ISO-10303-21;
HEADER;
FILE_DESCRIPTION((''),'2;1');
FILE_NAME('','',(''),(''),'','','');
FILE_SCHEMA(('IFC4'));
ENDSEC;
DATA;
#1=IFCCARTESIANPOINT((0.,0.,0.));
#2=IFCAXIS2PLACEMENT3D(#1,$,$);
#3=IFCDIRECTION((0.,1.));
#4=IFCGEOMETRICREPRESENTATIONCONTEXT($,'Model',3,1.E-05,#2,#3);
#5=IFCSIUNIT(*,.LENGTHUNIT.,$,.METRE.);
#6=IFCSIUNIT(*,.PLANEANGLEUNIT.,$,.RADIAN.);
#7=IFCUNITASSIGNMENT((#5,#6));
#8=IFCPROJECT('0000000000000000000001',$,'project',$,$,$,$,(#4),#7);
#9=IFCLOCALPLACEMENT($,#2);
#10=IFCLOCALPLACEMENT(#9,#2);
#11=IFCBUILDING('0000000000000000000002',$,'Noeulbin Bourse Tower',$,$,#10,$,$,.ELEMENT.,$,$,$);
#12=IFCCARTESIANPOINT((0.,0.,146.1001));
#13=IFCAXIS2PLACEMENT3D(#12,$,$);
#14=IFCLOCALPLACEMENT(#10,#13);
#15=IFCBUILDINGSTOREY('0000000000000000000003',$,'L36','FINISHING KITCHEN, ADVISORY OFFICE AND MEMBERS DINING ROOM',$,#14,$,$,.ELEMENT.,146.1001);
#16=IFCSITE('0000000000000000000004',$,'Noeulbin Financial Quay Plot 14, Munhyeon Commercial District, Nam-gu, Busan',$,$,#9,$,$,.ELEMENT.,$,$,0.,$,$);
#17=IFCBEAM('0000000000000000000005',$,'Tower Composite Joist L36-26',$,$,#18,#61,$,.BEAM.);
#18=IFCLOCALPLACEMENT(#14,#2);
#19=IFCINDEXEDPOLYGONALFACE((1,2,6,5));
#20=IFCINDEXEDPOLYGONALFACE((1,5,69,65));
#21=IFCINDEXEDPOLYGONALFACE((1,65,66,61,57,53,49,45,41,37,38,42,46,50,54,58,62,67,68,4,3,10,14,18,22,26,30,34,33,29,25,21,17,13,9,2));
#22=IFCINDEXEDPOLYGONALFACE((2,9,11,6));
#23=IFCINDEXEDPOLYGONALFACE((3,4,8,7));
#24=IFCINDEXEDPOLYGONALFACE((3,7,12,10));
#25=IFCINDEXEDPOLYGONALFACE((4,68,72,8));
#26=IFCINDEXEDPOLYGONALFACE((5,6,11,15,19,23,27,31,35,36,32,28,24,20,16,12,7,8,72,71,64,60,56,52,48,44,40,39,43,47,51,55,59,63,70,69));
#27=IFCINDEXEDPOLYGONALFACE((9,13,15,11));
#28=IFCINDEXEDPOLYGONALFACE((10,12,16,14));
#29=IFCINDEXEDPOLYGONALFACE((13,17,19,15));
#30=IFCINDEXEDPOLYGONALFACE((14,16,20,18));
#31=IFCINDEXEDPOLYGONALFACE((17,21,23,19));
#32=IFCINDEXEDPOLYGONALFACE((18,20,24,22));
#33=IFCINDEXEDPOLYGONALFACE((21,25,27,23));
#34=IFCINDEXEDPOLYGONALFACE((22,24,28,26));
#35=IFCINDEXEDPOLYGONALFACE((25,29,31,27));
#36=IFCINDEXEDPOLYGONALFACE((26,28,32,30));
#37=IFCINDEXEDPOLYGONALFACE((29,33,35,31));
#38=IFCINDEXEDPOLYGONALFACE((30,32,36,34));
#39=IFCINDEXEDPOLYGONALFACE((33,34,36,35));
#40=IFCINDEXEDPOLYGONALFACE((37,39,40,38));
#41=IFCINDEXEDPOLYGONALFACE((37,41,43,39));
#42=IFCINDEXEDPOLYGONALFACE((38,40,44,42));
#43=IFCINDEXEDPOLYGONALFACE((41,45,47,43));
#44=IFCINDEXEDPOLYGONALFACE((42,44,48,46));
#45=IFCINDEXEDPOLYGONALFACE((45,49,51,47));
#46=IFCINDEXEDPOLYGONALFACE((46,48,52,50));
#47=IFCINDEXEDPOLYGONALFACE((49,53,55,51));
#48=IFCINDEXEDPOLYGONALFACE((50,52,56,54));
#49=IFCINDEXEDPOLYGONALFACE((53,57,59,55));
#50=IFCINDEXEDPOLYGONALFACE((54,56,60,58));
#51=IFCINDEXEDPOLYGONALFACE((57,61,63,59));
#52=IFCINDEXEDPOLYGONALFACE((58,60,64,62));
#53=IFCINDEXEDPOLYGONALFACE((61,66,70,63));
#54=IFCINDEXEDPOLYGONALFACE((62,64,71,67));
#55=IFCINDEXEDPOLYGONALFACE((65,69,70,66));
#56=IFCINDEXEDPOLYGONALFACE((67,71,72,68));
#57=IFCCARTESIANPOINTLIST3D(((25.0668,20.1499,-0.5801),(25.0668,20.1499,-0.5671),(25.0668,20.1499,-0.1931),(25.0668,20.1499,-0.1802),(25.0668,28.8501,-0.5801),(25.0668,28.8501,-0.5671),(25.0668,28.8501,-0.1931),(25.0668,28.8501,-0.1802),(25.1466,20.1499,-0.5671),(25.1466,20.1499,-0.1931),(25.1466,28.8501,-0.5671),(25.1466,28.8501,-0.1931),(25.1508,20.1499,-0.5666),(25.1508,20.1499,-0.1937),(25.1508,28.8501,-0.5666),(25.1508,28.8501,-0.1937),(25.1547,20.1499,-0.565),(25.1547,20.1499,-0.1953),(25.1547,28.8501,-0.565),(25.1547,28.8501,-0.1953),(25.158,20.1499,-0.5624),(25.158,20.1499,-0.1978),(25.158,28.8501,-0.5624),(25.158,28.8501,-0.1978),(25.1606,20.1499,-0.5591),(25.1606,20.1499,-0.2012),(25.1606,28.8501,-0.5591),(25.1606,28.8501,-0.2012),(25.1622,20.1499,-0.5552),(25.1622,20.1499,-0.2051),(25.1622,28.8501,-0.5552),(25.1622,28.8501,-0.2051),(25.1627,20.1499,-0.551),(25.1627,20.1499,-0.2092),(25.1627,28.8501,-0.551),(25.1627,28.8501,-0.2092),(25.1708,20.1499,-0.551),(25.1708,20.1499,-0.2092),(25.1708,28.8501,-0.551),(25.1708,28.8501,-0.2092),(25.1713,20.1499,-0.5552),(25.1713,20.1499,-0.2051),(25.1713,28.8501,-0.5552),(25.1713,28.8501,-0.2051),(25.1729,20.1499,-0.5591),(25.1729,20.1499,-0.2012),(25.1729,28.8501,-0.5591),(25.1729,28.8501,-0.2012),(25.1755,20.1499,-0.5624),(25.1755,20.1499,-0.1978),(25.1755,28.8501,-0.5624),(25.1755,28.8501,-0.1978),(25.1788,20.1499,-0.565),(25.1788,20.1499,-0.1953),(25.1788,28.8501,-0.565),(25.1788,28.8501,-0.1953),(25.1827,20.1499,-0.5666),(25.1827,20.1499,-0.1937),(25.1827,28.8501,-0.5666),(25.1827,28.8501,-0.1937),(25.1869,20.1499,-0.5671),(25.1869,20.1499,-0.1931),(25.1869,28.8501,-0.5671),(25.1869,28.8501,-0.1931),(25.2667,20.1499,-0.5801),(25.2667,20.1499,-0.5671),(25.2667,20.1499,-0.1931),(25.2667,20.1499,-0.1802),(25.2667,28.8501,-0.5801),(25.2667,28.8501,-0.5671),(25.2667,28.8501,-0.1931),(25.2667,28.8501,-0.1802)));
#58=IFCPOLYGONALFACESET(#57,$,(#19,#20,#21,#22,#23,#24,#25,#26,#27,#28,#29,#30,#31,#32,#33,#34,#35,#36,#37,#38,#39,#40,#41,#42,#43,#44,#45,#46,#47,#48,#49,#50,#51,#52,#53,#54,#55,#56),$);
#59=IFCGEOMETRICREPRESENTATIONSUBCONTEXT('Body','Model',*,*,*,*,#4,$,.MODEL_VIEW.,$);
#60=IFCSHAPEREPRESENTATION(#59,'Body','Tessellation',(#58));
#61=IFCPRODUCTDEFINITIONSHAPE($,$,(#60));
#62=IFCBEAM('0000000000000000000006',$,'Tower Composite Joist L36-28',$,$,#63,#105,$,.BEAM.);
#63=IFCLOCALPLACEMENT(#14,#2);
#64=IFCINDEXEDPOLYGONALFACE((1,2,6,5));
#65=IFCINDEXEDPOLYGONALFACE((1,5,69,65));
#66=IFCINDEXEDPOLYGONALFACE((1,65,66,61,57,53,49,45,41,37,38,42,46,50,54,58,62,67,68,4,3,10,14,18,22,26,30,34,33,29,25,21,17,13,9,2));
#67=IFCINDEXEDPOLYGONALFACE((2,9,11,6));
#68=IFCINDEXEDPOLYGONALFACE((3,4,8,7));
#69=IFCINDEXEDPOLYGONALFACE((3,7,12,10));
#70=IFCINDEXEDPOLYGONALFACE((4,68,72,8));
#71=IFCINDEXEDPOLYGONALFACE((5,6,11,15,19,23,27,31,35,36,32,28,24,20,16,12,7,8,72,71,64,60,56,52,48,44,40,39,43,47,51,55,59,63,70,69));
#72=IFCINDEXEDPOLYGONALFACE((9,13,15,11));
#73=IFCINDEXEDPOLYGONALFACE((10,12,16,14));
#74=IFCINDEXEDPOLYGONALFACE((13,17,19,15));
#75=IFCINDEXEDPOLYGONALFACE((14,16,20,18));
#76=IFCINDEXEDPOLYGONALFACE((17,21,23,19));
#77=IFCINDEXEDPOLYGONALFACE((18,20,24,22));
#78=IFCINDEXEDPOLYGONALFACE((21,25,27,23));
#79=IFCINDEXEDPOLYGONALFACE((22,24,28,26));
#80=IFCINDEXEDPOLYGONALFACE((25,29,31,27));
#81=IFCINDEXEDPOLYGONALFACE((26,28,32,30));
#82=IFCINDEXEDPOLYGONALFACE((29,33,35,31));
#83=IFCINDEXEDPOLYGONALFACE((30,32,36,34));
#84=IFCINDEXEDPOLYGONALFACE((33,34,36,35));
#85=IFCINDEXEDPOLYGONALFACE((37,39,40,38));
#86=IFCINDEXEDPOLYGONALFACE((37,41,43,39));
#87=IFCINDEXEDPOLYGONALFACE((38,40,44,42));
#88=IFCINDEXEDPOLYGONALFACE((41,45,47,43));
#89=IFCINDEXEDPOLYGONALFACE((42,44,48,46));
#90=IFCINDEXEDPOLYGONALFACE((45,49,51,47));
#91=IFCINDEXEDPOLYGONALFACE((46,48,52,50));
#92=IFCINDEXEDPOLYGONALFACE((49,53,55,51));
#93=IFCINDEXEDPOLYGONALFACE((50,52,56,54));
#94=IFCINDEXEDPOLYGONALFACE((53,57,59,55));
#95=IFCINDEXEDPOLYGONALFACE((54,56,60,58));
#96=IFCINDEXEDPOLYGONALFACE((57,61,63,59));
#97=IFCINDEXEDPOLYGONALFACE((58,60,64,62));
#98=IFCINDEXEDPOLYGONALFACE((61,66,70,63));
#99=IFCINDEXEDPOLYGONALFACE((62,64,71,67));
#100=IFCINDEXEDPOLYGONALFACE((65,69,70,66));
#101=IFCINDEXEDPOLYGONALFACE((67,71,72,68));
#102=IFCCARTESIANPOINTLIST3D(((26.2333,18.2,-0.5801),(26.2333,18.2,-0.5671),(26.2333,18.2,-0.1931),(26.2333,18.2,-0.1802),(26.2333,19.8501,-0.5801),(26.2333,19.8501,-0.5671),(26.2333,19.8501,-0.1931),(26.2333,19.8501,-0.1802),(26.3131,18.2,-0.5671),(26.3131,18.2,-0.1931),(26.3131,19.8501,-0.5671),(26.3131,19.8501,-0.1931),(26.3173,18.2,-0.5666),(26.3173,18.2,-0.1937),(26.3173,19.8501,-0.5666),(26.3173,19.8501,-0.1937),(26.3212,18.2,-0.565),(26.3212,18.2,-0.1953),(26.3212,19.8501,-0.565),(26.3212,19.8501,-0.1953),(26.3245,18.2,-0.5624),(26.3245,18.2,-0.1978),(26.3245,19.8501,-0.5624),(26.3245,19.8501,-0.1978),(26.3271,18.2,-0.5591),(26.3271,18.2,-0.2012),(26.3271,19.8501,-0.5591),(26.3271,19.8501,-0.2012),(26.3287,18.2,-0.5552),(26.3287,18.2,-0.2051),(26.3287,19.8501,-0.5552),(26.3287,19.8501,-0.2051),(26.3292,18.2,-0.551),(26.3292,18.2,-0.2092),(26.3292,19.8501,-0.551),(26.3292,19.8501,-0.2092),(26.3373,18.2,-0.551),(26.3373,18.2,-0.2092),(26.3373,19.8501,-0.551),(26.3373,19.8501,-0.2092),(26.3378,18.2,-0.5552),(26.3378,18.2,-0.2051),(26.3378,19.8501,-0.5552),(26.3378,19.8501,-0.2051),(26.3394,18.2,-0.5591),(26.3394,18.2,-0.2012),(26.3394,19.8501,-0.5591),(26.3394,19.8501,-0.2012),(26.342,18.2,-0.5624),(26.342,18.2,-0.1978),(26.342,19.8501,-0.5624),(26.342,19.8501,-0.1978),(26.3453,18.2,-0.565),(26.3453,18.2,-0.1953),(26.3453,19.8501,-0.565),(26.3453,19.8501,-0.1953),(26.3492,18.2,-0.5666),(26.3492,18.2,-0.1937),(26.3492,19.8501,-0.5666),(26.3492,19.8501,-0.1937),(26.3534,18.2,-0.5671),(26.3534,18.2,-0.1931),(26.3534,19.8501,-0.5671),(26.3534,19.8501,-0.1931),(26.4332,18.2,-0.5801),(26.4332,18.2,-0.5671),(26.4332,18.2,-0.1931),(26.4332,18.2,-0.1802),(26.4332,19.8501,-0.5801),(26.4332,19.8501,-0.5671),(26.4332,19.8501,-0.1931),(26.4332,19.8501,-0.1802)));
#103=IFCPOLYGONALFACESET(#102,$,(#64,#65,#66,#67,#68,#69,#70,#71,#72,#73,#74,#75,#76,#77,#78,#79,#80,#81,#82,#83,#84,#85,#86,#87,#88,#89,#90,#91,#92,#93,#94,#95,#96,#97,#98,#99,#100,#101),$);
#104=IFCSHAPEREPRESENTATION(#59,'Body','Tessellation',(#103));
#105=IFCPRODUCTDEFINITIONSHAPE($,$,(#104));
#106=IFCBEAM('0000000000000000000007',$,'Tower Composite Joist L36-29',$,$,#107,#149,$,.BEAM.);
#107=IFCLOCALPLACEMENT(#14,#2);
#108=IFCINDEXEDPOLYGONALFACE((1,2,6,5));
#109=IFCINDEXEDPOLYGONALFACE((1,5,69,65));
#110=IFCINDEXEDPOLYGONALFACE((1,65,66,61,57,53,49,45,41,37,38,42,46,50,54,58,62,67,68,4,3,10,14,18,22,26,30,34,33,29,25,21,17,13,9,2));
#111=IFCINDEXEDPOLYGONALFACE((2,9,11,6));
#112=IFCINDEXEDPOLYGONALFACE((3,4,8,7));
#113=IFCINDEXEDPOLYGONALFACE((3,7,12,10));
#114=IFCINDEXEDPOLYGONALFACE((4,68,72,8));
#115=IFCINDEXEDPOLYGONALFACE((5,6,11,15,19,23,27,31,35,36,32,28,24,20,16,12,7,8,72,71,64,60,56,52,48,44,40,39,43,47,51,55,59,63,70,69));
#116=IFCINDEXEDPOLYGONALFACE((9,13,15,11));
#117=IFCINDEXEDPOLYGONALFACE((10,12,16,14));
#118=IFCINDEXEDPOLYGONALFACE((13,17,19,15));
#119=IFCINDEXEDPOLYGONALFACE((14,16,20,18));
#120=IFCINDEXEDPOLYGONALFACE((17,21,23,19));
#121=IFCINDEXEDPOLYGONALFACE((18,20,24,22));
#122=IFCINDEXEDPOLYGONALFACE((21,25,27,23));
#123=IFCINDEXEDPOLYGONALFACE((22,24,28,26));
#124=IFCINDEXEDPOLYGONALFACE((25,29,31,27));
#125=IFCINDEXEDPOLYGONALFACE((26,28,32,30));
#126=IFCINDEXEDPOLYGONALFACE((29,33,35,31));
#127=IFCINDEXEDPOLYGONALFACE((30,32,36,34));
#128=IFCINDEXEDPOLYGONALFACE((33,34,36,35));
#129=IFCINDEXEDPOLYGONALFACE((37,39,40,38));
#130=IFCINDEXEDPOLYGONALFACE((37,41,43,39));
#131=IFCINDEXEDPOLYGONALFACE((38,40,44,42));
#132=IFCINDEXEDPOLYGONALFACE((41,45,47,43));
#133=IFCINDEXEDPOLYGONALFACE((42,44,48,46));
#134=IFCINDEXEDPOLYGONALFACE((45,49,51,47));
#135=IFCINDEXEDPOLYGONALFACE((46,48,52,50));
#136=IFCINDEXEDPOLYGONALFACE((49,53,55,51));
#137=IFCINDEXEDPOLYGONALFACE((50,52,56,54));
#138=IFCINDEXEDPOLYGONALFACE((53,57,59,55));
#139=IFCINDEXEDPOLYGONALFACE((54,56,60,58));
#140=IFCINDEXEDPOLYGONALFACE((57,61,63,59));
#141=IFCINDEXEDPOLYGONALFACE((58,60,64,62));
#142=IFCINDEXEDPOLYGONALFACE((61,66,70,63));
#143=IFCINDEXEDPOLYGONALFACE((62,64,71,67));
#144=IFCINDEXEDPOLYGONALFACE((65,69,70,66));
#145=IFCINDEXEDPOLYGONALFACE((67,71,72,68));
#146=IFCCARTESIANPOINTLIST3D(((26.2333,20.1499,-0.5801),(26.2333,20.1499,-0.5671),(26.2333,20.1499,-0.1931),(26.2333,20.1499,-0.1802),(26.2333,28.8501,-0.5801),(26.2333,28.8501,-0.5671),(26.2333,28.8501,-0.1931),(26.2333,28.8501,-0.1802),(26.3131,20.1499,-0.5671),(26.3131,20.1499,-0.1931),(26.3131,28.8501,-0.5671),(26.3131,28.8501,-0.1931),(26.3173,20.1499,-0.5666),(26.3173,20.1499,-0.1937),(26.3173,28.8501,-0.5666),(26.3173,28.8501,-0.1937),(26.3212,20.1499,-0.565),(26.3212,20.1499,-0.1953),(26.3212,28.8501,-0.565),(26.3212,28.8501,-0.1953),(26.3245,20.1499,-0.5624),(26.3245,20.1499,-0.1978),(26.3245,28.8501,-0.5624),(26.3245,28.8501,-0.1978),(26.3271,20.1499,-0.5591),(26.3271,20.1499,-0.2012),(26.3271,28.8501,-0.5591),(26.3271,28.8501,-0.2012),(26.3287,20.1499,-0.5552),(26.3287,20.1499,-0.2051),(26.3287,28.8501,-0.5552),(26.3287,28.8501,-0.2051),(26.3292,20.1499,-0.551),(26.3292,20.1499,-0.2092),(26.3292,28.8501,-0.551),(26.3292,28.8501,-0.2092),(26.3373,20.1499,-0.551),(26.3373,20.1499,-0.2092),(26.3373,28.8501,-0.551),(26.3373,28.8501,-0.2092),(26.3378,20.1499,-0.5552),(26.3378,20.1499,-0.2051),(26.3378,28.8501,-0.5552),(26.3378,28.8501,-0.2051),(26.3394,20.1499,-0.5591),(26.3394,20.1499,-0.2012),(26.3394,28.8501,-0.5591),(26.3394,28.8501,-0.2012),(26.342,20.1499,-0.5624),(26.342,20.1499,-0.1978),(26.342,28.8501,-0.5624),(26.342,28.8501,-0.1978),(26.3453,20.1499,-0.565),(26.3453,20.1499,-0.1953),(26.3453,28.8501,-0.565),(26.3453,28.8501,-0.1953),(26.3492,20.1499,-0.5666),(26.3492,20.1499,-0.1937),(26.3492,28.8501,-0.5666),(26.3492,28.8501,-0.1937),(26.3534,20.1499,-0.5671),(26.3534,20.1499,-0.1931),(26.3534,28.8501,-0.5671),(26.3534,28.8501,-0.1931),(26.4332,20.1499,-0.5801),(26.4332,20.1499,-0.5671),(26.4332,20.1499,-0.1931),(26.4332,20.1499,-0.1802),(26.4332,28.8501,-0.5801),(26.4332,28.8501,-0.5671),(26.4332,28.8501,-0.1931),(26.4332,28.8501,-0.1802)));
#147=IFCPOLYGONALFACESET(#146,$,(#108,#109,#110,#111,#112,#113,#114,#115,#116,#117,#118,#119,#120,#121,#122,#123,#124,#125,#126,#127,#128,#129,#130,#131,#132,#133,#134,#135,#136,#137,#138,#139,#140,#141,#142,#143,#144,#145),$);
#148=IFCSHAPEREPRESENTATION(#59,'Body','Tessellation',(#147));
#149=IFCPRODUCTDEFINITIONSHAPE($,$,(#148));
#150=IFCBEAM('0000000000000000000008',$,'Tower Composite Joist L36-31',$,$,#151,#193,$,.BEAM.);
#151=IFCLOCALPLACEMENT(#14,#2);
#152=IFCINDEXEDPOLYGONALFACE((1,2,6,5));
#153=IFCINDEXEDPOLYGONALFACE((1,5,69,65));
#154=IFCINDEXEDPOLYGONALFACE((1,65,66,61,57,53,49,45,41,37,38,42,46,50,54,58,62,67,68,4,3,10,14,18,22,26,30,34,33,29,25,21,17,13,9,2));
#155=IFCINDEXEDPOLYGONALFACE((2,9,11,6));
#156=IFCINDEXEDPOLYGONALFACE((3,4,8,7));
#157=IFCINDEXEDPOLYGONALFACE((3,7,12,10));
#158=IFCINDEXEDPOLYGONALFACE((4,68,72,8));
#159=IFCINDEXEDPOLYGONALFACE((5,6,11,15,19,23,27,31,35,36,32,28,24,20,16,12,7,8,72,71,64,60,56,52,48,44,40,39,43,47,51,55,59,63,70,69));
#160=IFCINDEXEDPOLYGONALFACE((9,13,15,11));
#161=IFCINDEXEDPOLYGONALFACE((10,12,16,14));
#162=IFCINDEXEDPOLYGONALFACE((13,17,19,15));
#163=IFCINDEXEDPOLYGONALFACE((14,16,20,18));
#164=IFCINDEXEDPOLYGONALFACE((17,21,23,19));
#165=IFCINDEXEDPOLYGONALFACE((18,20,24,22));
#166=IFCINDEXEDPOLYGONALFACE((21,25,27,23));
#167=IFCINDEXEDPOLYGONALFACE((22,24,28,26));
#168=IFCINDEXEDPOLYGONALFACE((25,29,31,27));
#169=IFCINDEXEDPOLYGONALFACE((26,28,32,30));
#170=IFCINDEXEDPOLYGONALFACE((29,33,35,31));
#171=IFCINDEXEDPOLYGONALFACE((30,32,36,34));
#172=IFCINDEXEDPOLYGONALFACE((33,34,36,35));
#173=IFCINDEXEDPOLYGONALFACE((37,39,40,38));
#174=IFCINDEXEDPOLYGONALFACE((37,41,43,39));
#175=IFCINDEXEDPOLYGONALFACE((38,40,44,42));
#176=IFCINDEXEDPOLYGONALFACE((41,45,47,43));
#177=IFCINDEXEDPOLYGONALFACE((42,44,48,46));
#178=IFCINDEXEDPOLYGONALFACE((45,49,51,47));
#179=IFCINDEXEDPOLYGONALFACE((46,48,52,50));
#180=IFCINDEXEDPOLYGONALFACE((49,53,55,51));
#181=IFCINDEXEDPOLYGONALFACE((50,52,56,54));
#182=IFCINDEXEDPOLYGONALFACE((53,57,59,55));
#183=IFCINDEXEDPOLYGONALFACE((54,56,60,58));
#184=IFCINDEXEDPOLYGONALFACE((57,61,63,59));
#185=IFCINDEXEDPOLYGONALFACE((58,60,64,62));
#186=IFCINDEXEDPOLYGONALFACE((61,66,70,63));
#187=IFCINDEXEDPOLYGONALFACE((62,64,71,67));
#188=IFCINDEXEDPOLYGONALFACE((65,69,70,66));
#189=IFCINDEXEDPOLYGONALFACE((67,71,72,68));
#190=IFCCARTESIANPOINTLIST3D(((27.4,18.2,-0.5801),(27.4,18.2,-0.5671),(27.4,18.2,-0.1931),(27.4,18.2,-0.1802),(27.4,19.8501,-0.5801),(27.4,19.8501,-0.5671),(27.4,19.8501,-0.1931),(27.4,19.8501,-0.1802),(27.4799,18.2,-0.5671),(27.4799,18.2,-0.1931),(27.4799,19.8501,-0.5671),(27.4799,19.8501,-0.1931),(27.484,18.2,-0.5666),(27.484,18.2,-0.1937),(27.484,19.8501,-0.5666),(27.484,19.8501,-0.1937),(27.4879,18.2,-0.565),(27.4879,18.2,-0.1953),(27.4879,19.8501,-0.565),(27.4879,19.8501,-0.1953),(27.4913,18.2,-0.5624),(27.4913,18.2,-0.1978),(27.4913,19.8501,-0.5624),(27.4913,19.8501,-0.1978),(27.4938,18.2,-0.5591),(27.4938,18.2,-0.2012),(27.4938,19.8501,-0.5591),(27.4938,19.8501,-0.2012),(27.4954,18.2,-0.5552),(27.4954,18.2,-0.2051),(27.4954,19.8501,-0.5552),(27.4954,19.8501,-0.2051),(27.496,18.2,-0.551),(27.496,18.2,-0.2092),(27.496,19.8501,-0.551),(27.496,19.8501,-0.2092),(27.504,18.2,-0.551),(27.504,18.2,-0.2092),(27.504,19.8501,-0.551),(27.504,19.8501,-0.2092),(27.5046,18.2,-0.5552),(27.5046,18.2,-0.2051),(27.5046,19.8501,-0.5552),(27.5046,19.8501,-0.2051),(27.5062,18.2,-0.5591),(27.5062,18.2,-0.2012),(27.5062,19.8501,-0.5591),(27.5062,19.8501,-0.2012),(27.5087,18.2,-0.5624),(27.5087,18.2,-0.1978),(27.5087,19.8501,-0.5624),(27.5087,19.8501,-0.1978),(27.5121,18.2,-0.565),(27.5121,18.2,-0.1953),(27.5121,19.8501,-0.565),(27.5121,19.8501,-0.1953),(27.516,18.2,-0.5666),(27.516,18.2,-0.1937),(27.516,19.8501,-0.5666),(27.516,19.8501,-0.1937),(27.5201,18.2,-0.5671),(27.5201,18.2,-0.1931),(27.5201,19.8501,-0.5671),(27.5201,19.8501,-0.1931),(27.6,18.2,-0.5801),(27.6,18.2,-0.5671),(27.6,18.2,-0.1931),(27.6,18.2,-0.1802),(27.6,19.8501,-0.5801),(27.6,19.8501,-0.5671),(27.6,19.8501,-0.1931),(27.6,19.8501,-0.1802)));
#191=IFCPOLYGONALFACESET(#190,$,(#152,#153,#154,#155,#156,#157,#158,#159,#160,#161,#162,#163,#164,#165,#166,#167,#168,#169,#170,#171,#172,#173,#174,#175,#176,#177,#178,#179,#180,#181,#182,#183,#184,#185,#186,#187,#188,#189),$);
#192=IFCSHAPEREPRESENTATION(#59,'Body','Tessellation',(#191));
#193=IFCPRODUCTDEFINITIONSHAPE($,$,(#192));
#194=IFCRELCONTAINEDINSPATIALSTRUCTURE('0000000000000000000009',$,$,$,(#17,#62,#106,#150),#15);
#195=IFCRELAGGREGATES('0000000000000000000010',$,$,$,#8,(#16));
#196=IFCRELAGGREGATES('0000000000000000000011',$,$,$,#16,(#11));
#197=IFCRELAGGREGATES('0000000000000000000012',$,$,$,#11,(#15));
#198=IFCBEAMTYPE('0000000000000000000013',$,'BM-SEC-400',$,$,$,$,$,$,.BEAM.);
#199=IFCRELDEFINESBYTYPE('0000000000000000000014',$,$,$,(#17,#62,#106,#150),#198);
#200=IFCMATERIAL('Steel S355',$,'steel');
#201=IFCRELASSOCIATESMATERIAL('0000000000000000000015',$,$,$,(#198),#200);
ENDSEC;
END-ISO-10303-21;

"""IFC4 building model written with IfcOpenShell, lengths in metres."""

from ifc_helpers import new_model, si_unit, direction, frame, origin, origin_2d, place, context, subcontext, project, spatial, i_section, extrude, material, material_profile, profile_set, type_object, element, save


model = new_model("IFC4")

# Units and contexts
model_context = context("Model", 3, precision=1e-05, world=origin(), true_north=direction((0.0, 1.0)))
body_context = subcontext(model_context, "Body", "Model", "MODEL_VIEW")
ifc_project = project(units=[si_unit("LENGTHUNIT", "METRE"), si_unit("PLANEANGLEUNIT", "RADIAN")], contexts=[model_context])

# Site, building, storey
site_placement = place(None, origin())
site = spatial("IfcSite", under=ifc_project, at=site_placement, Name="Noeulbin Financial Quay Plot 14, Munhyeon Commercial District, Nam-gu, Busan", CompositionType="ELEMENT", RefElevation=0.0)
building_placement = place(site_placement, origin())
building = spatial("IfcBuilding", under=site, at=building_placement, Name="Noeulbin Bourse Tower", CompositionType="ELEMENT")
storey_placement = place(building_placement, frame((0.0, 0.0, 146.1001)))
storey = spatial("IfcBuildingStorey", under=building, at=storey_placement, Name="L36", Description="FINISHING KITCHEN, ADVISORY OFFICE AND MEMBERS DINING ROOM", CompositionType="ELEMENT", Elevation=146.1001)

# Beams
ifc_material_1 = material(Name="Steel S355", Category="steel")
ifc_material_profile_1 = material_profile(ifc_material_1, i_section(OverallWidth=0.2, OverallDepth=0.3999, WebThickness=0.0081, FlangeThickness=0.0129, FilletRadius=0.0161, at=origin_2d()), Name="H-400x200x8x13", Category="LoadBearing")
ifc_profile_set_1 = profile_set([ifc_material_profile_1], Name="Steel S355")
beam_type_1 = type_object("IfcBeamType", Name="BM-SEC-400", PredefinedType="BEAM", material=ifc_profile_set_1)
beam_1_placement = place(storey_placement, frame((25.1667, 20.1499, -0.3801), z_axis=(0.0, 1.0, 0.0), x_axis=(-1.0, 0.0, 0.0)))
element("IfcBeam", 1, at=beam_1_placement, inside=storey, type_object=beam_type_1, Name="Tower Composite Joist L36-26", PredefinedType="BEAM", context=body_context, shape_type="SweptSolid", body=[
    extrude(i_section(OverallWidth=0.2, OverallDepth=0.3999, WebThickness=0.0081, FlangeThickness=0.0129, FilletRadius=0.0161, at=origin_2d()), origin(), (0.0, 0.0, 1.0), 8.7002),
])
beam_2_placement = place(storey_placement, frame((26.3333, 18.2, -0.3801), z_axis=(0.0, 1.0, 0.0), x_axis=(-1.0, 0.0, 0.0)))
element("IfcBeam", 2, at=beam_2_placement, inside=storey, type_object=beam_type_1, Name="Tower Composite Joist L36-28", PredefinedType="BEAM", context=body_context, shape_type="SweptSolid", body=[
    extrude(i_section(OverallWidth=0.2, OverallDepth=0.3999, WebThickness=0.0081, FlangeThickness=0.0129, FilletRadius=0.0161, at=origin_2d()), origin(), (0.0, 0.0, 1.0), 1.6501),
])
beam_3_placement = place(storey_placement, frame((26.3333, 20.1499, -0.3801), z_axis=(0.0, 1.0, 0.0), x_axis=(-1.0, 0.0, 0.0)))
element("IfcBeam", 3, at=beam_3_placement, inside=storey, type_object=beam_type_1, Name="Tower Composite Joist L36-29", PredefinedType="BEAM", context=body_context, shape_type="SweptSolid", body=[
    extrude(i_section(OverallWidth=0.2, OverallDepth=0.3999, WebThickness=0.0081, FlangeThickness=0.0129, FilletRadius=0.0161, at=origin_2d()), origin(), (0.0, 0.0, 1.0), 8.7002),
])
beam_4_placement = place(storey_placement, frame((27.5, 18.2, -0.3801), z_axis=(0.0, 1.0, 0.0), x_axis=(-1.0, 0.0, 0.0)))
element("IfcBeam", 4, at=beam_4_placement, inside=storey, type_object=beam_type_1, Name="Tower Composite Joist L36-31", PredefinedType="BEAM", context=body_context, shape_type="SweptSolid", body=[
    extrude(i_section(OverallWidth=0.2, OverallDepth=0.3999, WebThickness=0.0081, FlangeThickness=0.0129, FilletRadius=0.0161, at=origin_2d()), origin(), (0.0, 0.0, 1.0), 1.6501),
])

save(model, "model.ifc")
